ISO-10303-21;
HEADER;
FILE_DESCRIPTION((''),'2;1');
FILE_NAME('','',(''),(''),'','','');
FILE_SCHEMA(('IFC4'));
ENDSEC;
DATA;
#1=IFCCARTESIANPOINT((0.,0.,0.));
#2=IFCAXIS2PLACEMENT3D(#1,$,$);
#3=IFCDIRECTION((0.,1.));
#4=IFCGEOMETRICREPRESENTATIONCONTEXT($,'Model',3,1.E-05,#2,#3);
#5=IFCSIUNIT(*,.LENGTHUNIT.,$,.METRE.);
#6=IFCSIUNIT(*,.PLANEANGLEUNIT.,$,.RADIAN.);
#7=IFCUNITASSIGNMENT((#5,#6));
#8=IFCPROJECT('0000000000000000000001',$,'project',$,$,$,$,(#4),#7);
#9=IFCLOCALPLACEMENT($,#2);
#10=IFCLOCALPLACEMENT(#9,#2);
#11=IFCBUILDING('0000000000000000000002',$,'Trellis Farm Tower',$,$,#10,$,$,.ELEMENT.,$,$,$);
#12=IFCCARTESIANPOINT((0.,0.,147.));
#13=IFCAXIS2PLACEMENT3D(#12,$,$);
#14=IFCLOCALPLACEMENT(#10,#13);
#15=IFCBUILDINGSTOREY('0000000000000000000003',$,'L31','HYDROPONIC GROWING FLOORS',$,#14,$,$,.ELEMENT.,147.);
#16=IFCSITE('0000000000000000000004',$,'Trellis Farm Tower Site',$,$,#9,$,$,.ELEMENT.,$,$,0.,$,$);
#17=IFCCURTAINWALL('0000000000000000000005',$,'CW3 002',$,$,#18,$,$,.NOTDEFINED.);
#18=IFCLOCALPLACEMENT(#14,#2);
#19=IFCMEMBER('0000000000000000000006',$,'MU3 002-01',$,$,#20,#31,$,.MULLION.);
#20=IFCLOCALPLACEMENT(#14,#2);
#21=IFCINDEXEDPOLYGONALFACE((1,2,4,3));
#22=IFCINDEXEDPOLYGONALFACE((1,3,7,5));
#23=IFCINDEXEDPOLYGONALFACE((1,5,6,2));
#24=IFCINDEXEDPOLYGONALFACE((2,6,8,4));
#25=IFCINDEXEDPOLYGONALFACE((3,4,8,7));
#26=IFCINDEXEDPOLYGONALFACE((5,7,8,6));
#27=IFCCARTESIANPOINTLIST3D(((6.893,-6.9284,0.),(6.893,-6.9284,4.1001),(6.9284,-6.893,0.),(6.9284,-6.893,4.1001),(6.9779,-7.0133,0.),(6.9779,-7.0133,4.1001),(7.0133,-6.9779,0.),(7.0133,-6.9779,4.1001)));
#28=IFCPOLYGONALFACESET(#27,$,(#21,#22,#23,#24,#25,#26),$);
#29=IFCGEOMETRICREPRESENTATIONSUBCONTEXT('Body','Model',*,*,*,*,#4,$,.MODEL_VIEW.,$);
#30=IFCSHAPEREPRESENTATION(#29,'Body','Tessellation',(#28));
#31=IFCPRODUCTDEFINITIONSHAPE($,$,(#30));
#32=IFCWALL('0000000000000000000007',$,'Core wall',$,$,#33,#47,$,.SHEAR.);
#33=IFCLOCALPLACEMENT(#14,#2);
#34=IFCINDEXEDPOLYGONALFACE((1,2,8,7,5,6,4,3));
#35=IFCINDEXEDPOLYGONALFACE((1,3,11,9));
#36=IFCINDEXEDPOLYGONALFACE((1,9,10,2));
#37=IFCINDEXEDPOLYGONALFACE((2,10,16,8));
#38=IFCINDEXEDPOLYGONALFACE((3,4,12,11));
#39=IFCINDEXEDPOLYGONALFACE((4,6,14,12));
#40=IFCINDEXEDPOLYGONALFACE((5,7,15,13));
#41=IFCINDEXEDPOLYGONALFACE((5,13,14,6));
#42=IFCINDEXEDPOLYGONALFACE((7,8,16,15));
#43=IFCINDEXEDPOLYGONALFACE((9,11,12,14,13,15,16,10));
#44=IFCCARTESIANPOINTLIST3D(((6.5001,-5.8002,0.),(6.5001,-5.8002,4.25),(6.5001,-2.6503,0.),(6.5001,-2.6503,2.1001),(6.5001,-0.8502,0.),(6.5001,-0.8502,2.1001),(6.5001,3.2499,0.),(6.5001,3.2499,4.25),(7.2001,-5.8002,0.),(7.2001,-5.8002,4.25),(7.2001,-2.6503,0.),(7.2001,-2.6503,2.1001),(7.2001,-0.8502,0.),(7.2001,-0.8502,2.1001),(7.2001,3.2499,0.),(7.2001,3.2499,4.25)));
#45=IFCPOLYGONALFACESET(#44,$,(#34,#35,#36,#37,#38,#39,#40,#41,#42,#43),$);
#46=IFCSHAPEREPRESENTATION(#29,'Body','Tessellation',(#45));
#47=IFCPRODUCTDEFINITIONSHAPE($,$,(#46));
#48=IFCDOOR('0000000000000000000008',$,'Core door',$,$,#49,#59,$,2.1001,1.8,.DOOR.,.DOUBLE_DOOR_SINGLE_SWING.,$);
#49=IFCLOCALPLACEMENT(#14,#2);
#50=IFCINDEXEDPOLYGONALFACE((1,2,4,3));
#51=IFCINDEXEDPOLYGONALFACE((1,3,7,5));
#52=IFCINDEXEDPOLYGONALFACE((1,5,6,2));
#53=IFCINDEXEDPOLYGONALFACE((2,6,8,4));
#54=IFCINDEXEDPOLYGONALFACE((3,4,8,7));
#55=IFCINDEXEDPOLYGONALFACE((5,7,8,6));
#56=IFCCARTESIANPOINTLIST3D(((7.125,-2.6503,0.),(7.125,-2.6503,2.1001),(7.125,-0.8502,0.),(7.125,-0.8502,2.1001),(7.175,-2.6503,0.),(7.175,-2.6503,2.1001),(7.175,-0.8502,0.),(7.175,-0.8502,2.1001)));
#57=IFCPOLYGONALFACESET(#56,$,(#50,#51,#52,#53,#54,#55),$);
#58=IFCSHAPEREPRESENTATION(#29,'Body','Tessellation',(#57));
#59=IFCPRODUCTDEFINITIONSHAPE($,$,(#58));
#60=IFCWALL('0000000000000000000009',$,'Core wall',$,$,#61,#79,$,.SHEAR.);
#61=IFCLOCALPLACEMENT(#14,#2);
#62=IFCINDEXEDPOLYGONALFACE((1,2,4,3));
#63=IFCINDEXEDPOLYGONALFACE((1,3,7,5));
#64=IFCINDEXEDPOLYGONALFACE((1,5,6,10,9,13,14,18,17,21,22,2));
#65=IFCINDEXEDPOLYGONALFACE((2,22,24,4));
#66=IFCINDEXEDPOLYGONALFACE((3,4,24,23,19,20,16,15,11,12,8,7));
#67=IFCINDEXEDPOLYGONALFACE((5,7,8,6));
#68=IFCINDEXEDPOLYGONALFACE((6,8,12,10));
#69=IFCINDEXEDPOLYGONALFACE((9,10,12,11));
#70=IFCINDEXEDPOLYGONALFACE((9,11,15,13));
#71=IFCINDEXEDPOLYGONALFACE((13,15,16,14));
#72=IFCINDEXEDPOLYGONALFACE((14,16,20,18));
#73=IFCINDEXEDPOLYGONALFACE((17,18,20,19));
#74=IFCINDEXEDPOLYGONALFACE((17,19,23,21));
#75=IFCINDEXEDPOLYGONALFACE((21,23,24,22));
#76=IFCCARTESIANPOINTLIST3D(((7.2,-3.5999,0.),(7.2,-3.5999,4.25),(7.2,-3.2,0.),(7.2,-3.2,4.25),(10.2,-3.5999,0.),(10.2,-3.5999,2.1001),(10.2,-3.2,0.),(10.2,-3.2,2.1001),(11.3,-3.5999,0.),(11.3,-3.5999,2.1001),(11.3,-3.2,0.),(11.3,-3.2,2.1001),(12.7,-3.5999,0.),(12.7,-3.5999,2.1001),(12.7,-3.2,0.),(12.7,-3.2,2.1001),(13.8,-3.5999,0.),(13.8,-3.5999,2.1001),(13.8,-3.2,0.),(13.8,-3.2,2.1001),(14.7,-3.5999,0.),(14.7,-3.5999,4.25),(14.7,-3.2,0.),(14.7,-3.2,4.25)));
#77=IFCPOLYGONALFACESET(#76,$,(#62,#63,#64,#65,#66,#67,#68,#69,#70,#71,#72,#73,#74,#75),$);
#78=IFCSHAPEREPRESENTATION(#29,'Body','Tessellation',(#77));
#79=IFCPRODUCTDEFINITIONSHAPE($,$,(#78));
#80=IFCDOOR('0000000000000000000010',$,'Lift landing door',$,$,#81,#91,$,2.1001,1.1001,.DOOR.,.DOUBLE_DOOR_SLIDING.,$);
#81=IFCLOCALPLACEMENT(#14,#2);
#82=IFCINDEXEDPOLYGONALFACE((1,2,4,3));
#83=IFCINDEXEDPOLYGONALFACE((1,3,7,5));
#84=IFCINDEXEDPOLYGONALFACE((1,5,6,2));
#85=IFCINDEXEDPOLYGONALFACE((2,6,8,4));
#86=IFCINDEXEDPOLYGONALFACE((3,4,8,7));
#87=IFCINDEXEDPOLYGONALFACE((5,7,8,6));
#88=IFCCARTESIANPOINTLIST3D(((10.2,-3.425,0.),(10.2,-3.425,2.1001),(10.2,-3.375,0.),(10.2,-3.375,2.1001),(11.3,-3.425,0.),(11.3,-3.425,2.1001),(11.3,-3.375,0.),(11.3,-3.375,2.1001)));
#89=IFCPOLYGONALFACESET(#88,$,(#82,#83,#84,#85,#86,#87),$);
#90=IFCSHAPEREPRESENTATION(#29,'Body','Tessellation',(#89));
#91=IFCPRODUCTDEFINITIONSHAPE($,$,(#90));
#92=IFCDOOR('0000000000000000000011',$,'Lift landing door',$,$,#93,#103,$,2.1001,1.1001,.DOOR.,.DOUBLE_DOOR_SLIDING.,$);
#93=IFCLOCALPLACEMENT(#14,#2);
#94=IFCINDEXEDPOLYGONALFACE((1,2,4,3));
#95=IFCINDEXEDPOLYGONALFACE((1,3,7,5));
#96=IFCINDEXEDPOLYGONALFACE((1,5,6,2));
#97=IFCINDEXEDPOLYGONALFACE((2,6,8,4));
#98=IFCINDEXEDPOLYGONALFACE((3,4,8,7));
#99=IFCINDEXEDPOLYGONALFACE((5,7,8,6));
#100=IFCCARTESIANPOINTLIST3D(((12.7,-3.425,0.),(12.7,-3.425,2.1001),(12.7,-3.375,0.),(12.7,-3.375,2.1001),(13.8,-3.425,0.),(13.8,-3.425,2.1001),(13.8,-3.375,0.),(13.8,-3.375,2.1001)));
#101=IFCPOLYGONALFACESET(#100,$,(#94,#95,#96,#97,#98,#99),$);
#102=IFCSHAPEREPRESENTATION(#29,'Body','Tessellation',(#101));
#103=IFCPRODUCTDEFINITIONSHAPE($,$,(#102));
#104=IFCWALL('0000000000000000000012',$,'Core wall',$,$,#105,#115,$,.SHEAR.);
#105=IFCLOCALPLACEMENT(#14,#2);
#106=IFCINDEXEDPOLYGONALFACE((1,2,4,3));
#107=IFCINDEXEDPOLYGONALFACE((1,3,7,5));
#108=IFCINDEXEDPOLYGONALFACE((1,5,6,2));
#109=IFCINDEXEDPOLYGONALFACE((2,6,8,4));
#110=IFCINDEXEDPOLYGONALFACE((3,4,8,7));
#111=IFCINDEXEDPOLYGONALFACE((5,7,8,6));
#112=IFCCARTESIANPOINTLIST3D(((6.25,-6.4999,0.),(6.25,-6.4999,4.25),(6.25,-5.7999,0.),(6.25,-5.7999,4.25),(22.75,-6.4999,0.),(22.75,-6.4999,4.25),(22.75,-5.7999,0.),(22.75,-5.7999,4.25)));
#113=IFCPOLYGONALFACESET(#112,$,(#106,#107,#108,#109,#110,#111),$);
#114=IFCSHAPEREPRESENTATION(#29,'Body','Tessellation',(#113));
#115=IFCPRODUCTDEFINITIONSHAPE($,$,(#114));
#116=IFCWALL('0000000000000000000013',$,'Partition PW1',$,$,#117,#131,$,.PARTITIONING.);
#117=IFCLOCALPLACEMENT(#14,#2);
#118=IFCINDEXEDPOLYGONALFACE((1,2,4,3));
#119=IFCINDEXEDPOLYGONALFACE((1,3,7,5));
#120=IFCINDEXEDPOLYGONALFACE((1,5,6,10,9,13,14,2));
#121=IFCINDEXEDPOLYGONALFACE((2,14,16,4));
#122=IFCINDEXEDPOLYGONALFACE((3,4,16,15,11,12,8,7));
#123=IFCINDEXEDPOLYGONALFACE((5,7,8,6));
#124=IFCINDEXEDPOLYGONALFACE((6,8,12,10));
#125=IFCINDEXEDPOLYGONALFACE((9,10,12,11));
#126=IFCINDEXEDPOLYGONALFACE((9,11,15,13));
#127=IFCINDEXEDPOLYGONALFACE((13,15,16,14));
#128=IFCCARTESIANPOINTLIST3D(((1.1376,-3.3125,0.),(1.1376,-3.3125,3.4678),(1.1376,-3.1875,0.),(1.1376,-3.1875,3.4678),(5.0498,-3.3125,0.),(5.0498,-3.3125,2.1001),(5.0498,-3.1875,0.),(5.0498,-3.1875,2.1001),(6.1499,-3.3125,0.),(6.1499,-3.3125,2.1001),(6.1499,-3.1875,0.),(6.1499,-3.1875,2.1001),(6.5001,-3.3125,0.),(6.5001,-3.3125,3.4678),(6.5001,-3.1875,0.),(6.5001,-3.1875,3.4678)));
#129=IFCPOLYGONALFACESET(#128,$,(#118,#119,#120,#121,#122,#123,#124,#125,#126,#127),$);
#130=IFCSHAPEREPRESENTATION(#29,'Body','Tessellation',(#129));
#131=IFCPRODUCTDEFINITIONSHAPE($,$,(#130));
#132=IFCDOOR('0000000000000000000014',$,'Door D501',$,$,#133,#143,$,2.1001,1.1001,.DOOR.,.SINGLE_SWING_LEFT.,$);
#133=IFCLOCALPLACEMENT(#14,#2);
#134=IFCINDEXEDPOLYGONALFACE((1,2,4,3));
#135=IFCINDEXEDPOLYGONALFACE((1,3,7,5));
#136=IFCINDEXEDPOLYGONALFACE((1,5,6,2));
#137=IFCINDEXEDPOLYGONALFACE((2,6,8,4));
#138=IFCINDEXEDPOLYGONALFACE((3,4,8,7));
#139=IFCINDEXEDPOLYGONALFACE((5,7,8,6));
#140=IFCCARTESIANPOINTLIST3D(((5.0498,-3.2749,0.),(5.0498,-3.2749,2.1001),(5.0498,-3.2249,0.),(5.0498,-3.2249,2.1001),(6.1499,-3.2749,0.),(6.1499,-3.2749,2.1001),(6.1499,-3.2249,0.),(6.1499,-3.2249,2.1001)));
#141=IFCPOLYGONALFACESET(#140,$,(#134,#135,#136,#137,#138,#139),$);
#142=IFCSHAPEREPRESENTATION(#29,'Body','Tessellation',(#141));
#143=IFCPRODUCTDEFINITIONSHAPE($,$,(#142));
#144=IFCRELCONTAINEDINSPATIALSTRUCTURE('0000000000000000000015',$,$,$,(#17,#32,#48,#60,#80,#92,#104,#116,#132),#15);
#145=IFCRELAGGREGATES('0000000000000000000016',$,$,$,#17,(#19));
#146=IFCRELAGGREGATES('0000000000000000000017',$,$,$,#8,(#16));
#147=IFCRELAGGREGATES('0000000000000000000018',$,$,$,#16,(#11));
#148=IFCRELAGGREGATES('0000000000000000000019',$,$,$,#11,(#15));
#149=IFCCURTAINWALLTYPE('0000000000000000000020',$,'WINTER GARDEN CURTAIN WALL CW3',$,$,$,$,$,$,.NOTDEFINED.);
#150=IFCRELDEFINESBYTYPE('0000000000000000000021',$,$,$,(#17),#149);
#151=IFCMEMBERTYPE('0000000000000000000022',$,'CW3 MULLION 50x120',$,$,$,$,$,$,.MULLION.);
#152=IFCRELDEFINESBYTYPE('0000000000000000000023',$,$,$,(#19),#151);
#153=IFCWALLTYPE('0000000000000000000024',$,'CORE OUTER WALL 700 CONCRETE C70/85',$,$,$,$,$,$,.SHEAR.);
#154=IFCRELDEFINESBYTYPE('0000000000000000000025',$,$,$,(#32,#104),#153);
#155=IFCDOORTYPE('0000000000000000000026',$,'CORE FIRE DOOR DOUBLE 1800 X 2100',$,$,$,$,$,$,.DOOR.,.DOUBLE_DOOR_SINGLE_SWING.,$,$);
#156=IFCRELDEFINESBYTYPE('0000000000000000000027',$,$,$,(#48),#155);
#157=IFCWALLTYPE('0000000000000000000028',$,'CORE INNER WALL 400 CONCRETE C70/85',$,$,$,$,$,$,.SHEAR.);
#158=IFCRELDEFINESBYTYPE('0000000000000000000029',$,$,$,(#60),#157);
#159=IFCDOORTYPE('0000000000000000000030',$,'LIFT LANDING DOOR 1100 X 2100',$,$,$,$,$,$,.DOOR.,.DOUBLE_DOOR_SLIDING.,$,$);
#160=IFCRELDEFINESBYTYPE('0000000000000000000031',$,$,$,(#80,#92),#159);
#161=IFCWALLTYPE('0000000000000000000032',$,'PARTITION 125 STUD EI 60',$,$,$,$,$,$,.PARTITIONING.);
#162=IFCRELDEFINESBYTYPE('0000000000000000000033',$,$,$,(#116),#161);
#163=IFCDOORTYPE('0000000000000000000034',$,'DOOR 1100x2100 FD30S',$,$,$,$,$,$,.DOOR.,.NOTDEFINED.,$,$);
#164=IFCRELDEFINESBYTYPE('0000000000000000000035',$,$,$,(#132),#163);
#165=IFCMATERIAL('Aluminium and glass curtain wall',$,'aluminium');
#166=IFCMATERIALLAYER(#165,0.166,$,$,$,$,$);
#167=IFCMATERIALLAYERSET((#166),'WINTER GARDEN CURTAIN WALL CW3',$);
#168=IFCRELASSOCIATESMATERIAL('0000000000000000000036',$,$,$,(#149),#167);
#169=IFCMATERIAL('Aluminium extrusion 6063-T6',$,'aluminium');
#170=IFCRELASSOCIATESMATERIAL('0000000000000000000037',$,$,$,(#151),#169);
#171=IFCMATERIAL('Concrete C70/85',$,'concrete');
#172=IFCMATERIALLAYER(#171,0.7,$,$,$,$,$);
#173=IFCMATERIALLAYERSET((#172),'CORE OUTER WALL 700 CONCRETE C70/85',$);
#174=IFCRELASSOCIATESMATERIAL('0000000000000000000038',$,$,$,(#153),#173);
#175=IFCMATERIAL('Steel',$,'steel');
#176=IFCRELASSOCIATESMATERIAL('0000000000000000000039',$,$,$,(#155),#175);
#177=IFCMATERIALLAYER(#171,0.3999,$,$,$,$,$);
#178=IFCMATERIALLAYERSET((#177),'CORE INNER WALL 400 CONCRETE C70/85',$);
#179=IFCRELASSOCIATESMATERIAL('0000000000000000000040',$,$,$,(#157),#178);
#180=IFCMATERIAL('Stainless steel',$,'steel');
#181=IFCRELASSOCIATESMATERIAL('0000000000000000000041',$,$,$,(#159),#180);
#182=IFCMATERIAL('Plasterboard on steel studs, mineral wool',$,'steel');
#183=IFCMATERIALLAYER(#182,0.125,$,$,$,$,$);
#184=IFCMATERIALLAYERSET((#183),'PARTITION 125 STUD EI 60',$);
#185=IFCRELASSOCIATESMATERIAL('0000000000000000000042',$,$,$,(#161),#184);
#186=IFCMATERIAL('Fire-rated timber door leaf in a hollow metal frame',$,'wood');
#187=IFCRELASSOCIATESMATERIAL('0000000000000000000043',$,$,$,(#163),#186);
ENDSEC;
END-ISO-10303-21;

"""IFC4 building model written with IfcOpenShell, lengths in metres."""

from ifc_helpers import new_model, si_unit, direction, frame, frame_2d, origin, origin_2d, place, context, subcontext, project, spatial, rectangle, extrude, source, transform, mapped, material, layer, layer_set, material_profile, profile_set, type_object, element, fill, aggregate, save


model = new_model("IFC4")

# Units and contexts
model_context = context("Model", 3, precision=1e-05, world=origin(), true_north=direction((0.0, 1.0)))
body_context = subcontext(model_context, "Body", "Model", "MODEL_VIEW")
ifc_project = project(units=[si_unit("LENGTHUNIT", "METRE"), si_unit("PLANEANGLEUNIT", "RADIAN")], contexts=[model_context])

# Site, building, storey
site_placement = place(None, origin())
site = spatial("IfcSite", under=ifc_project, at=site_placement, Name="Trellis Farm Tower Site", CompositionType="ELEMENT", RefElevation=0.0)
building_placement = place(site_placement, origin())
building = spatial("IfcBuilding", under=site, at=building_placement, Name="Trellis Farm Tower", CompositionType="ELEMENT")
storey_placement = place(building_placement, frame((0.0, 0.0, 147.0)))
storey = spatial("IfcBuildingStorey", under=building, at=storey_placement, Name="L31", Description="HYDROPONIC GROWING FLOORS", CompositionType="ELEMENT", Elevation=147.0)

# Shared definitions
ifc_material_1 = material(Name="Aluminium and glass curtain wall", Category="aluminium")
placement = place(storey_placement, origin())
ifc_material_2 = material(Name="Aluminium extrusion 6063-T6", Category="aluminium")

# Curtain wall, member
ifc_layer_1 = layer(ifc_material_1, 0.166)
ifc_layer_set_1 = layer_set([ifc_layer_1], Name="WINTER GARDEN CURTAIN WALL CW3")
curtain_wall_type_1 = type_object("IfcCurtainWallType", Name="WINTER GARDEN CURTAIN WALL CW3", PredefinedType="NOTDEFINED", material=ifc_layer_set_1)
curtain_wall_1 = element("IfcCurtainWall", 1, at=placement, inside=storey, type_object=curtain_wall_type_1, Name="CW3 002", PredefinedType="NOTDEFINED")
ifc_material_profile_1 = material_profile(ifc_material_2, rectangle(XDim=0.05, YDim=0.1201, at=origin_2d()), Name="MULLION 50x120")
ifc_profile_set_1 = profile_set([ifc_material_profile_1], Name="Aluminium extrusion 6063-T6")
member_type_1 = type_object("IfcMemberType", Name="CW3 MULLION 50x120", PredefinedType="MULLION", material=ifc_profile_set_1)
shared_shape_1 = source(origin(), body_context, "Body", "SweptSolid", [
    extrude(rectangle(XDim=0.05, YDim=0.1201, at=origin_2d()), origin(), (0.0, 0.0, 1.0), 4.1001),
])
member_1_placement = place(storey_placement, frame((6.9531, -6.9531, 0.0), z_axis=(0.0, 0.0, 1.0), x_axis=(0.707107, 0.707107, 0.0)))
member_1 = element("IfcMember", 2, at=member_1_placement, type_object=member_type_1, Name="MU3 002-01", PredefinedType="MULLION", context=body_context, shape_type="MappedRepresentation", body=[
    mapped(shared_shape_1, transform((0.0, 0.0, 0.0))),
])
aggregate(curtain_wall_1, [member_1])

# Wall, opening, door
ifc_material_3 = material(Name="Concrete C70/85", Category="concrete")
ifc_layer_2 = layer(ifc_material_3, 0.7)
ifc_layer_set_2 = layer_set([ifc_layer_2], Name="CORE OUTER WALL 700 CONCRETE C70/85")
wall_type_1 = type_object("IfcWallType", Name="CORE OUTER WALL 700 CONCRETE C70/85", PredefinedType="SHEAR", material=ifc_layer_set_2)
shared_shape_2 = source(origin(), body_context, "Body", "SweptSolid", [
    extrude(rectangle(XDim=9.05, YDim=0.7, at=frame_2d((4.5249, 0.0))), origin(), (0.0, 0.0, 1.0), 4.25),
])
wall_1_placement = place(storey_placement, frame((6.8501, -5.8, 0.0), z_axis=(0.0, 0.0, 1.0), x_axis=(0.0, 1.0, 0.0)))
wall_1 = element("IfcWall", 3, at=wall_1_placement, inside=storey, type_object=wall_type_1, Name="Core wall", PredefinedType="SHEAR", context=body_context, shape_type="MappedRepresentation", body=[
    mapped(shared_shape_2, transform((0.0, 0.0, 0.0))),
])
shared_shape_3 = source(origin(), body_context, "Body", "SweptSolid", [
    extrude(rectangle(XDim=1.8, YDim=2.1001, at=frame_2d((0.8999, 1.05))), frame((0.0, 0.3601, 0.0), z_axis=(0.0, -1.0, 0.0), x_axis=(1.0, 0.0, 0.0)), (0.0, 0.0, 1.0), 0.7202),
])
opening_1_placement = place(wall_1_placement, frame((3.1499, 0.0, 0.0)))
opening_1 = element("IfcOpeningElement", 4, at=opening_1_placement, cuts=wall_1, PredefinedType="OPENING", context=body_context, shape_type="MappedRepresentation", body=[
    mapped(shared_shape_3, transform((0.0, 0.0, 0.0))),
])
ifc_material_4 = material(Name="Steel", Category="steel")
door_type_1 = type_object("IfcDoorType", Name="CORE FIRE DOOR DOUBLE 1800 X 2100", OperationType="DOUBLE_DOOR_SINGLE_SWING", PredefinedType="DOOR", material=ifc_material_4)
shared_shape_4 = source(origin(), body_context, "Body", "SweptSolid", [
    extrude(rectangle(XDim=1.8, YDim=2.1001, at=frame_2d((0.8999, 1.05))), frame((0.0, -0.2749, 0.0), z_axis=(0.0, -1.0, 0.0), x_axis=(1.0, 0.0, 0.0)), (0.0, 0.0, 1.0), 0.05),
])
door_1_placement = place(opening_1_placement, origin())
door_1 = element("IfcDoor", 5, at=door_1_placement, inside=storey, type_object=door_type_1, Name="Core door", OperationType="DOUBLE_DOOR_SINGLE_SWING", OverallHeight=2.1001, OverallWidth=1.8, PredefinedType="DOOR", context=body_context, shape_type="MappedRepresentation", body=[
    mapped(shared_shape_4, transform((0.0, 0.0, 0.0))),
])
fill(opening_1, door_1)

# Wall, openings, doors
ifc_layer_3 = layer(ifc_material_3, 0.3999)
ifc_layer_set_3 = layer_set([ifc_layer_3], Name="CORE INNER WALL 400 CONCRETE C70/85")
wall_type_2 = type_object("IfcWallType", Name="CORE INNER WALL 400 CONCRETE C70/85", PredefinedType="SHEAR", material=ifc_layer_set_3)
shared_shape_5 = source(origin(), body_context, "Body", "SweptSolid", [
    extrude(rectangle(XDim=7.5, YDim=0.3999, at=frame_2d((3.75, 0.0))), origin(), (0.0, 0.0, 1.0), 4.25),
])
wall_2_placement = place(storey_placement, frame((7.2, -3.3999, 0.0), z_axis=(0.0, 0.0, 1.0), x_axis=(1.0, 0.0, 0.0)))
wall_2 = element("IfcWall", 6, at=wall_2_placement, inside=storey, type_object=wall_type_2, Name="Core wall", PredefinedType="SHEAR", context=body_context, shape_type="MappedRepresentation", body=[
    mapped(shared_shape_5, transform((0.0, 0.0, 0.0))),
])
shared_shape_6 = source(origin(), body_context, "Body", "SweptSolid", [
    extrude(rectangle(XDim=1.1001, YDim=2.1001, at=frame_2d((0.55, 1.05))), frame((0.0, 0.21, 0.0), z_axis=(0.0, -1.0, 0.0), x_axis=(1.0, 0.0, 0.0)), (0.0, 0.0, 1.0), 0.4199),
])
opening_2_placement = place(wall_2_placement, frame((3.0, 0.0, 0.0)))
opening_2 = element("IfcOpeningElement", 7, at=opening_2_placement, cuts=wall_2, PredefinedType="OPENING", context=body_context, shape_type="MappedRepresentation", body=[
    mapped(shared_shape_6, transform((0.0, 0.0, 0.0))),
])
opening_3_placement = place(wall_2_placement, frame((5.5, 0.0, 0.0)))
opening_3 = element("IfcOpeningElement", 8, at=opening_3_placement, cuts=wall_2, PredefinedType="OPENING", context=body_context, shape_type="MappedRepresentation", body=[
    mapped(shared_shape_6, transform((0.0, 0.0, 0.0))),
])
ifc_material_5 = material(Name="Stainless steel", Category="steel")
door_type_2 = type_object("IfcDoorType", Name="LIFT LANDING DOOR 1100 X 2100", OperationType="DOUBLE_DOOR_SLIDING", PredefinedType="DOOR", material=ifc_material_5)
shared_shape_7 = source(origin(), body_context, "Body", "SweptSolid", [
    extrude(rectangle(XDim=1.1001, YDim=2.1001, at=frame_2d((0.55, 1.05))), frame((0.0, 0.0249, 0.0), z_axis=(0.0, -1.0, 0.0), x_axis=(1.0, 0.0, 0.0)), (0.0, 0.0, 1.0), 0.05),
])
door_2_placement = place(opening_2_placement, origin())
door_2 = element("IfcDoor", 9, at=door_2_placement, inside=storey, type_object=door_type_2, Name="Lift landing door", OperationType="DOUBLE_DOOR_SLIDING", OverallHeight=2.1001, OverallWidth=1.1001, PredefinedType="DOOR", context=body_context, shape_type="MappedRepresentation", body=[
    mapped(shared_shape_7, transform((0.0, 0.0, 0.0))),
])
fill(opening_2, door_2)
door_3_placement = place(opening_3_placement, origin())
door_3 = element("IfcDoor", 10, at=door_3_placement, inside=storey, type_object=door_type_2, Name="Lift landing door", OperationType="DOUBLE_DOOR_SLIDING", OverallHeight=2.1001, OverallWidth=1.1001, PredefinedType="DOOR", context=body_context, shape_type="MappedRepresentation", body=[
    mapped(shared_shape_7, transform((0.0, 0.0, 0.0))),
])
fill(opening_3, door_3)

# Wall
shared_shape_8 = source(origin(), body_context, "Body", "SweptSolid", [
    extrude(rectangle(XDim=16.5, YDim=0.7, at=frame_2d((8.25, 0.0))), origin(), (0.0, 0.0, 1.0), 4.25),
])
wall_3_placement = place(storey_placement, frame((6.25, -6.1499, 0.0), z_axis=(0.0, 0.0, 1.0), x_axis=(1.0, 0.0, 0.0)))
element("IfcWall", 11, at=wall_3_placement, inside=storey, type_object=wall_type_1, Name="Core wall", PredefinedType="SHEAR", context=body_context, shape_type="MappedRepresentation", body=[
    mapped(shared_shape_8, transform((0.0, 0.0, 0.0))),
])

# Wall, opening, door
ifc_material_6 = material(Name="Plasterboard on steel studs, mineral wool", Category="steel")
ifc_layer_4 = layer(ifc_material_6, 0.125)
ifc_layer_set_4 = layer_set([ifc_layer_4], Name="PARTITION 125 STUD EI 60")
wall_type_3 = type_object("IfcWallType", Name="PARTITION 125 STUD EI 60", PredefinedType="PARTITIONING", material=ifc_layer_set_4)
shared_shape_9 = source(origin(), body_context, "Body", "SweptSolid", [
    extrude(rectangle(XDim=5.3625, YDim=0.125, at=frame_2d((2.6812, 0.0))), origin(), (0.0, 0.0, 1.0), 3.4678),
])
wall_4_placement = place(storey_placement, frame((6.5, -3.25, 0.0), z_axis=(0.0, 0.0, 1.0), x_axis=(-1.0, 0.0, 0.0)))
wall_4 = element("IfcWall", 12, at=wall_4_placement, inside=storey, type_object=wall_type_3, Name="Partition PW1", PredefinedType="PARTITIONING", context=body_context, shape_type="MappedRepresentation", body=[
    mapped(shared_shape_9, transform((0.0, 0.0, 0.0))),
])
shared_shape_10 = source(origin(), body_context, "Body", "SweptSolid", [
    extrude(rectangle(XDim=1.1001, YDim=2.1001, at=frame_2d((0.55, 1.05))), frame((0.0, 0.0725, 0.0), z_axis=(0.0, -1.0, 0.0), x_axis=(1.0, 0.0, 0.0)), (0.0, 0.0, 1.0), 0.145),
])
opening_4_placement = place(wall_4_placement, frame((0.3501, 0.0, 0.0)))
opening_4 = element("IfcOpeningElement", 13, at=opening_4_placement, cuts=wall_4, PredefinedType="OPENING", context=body_context, shape_type="MappedRepresentation", body=[
    mapped(shared_shape_10, transform((0.0, 0.0, 0.0))),
])
ifc_material_7 = material(Name="Fire-rated timber door leaf in a hollow metal frame", Category="wood")
door_type_3 = type_object("IfcDoorType", Name="DOOR 1100x2100 FD30S", OperationType="NOTDEFINED", PredefinedType="DOOR", material=ifc_material_7)
door_4_placement = place(opening_4_placement, origin())
door_4 = element("IfcDoor", 14, at=door_4_placement, inside=storey, type_object=door_type_3, Name="Door D501", OperationType="SINGLE_SWING_LEFT", OverallHeight=2.1001, OverallWidth=1.1001, PredefinedType="DOOR", context=body_context, shape_type="MappedRepresentation", body=[
    mapped(shared_shape_7, transform((0.0, 0.0, 0.0))),
])
fill(opening_4, door_4)

save(model, "model.ifc")
